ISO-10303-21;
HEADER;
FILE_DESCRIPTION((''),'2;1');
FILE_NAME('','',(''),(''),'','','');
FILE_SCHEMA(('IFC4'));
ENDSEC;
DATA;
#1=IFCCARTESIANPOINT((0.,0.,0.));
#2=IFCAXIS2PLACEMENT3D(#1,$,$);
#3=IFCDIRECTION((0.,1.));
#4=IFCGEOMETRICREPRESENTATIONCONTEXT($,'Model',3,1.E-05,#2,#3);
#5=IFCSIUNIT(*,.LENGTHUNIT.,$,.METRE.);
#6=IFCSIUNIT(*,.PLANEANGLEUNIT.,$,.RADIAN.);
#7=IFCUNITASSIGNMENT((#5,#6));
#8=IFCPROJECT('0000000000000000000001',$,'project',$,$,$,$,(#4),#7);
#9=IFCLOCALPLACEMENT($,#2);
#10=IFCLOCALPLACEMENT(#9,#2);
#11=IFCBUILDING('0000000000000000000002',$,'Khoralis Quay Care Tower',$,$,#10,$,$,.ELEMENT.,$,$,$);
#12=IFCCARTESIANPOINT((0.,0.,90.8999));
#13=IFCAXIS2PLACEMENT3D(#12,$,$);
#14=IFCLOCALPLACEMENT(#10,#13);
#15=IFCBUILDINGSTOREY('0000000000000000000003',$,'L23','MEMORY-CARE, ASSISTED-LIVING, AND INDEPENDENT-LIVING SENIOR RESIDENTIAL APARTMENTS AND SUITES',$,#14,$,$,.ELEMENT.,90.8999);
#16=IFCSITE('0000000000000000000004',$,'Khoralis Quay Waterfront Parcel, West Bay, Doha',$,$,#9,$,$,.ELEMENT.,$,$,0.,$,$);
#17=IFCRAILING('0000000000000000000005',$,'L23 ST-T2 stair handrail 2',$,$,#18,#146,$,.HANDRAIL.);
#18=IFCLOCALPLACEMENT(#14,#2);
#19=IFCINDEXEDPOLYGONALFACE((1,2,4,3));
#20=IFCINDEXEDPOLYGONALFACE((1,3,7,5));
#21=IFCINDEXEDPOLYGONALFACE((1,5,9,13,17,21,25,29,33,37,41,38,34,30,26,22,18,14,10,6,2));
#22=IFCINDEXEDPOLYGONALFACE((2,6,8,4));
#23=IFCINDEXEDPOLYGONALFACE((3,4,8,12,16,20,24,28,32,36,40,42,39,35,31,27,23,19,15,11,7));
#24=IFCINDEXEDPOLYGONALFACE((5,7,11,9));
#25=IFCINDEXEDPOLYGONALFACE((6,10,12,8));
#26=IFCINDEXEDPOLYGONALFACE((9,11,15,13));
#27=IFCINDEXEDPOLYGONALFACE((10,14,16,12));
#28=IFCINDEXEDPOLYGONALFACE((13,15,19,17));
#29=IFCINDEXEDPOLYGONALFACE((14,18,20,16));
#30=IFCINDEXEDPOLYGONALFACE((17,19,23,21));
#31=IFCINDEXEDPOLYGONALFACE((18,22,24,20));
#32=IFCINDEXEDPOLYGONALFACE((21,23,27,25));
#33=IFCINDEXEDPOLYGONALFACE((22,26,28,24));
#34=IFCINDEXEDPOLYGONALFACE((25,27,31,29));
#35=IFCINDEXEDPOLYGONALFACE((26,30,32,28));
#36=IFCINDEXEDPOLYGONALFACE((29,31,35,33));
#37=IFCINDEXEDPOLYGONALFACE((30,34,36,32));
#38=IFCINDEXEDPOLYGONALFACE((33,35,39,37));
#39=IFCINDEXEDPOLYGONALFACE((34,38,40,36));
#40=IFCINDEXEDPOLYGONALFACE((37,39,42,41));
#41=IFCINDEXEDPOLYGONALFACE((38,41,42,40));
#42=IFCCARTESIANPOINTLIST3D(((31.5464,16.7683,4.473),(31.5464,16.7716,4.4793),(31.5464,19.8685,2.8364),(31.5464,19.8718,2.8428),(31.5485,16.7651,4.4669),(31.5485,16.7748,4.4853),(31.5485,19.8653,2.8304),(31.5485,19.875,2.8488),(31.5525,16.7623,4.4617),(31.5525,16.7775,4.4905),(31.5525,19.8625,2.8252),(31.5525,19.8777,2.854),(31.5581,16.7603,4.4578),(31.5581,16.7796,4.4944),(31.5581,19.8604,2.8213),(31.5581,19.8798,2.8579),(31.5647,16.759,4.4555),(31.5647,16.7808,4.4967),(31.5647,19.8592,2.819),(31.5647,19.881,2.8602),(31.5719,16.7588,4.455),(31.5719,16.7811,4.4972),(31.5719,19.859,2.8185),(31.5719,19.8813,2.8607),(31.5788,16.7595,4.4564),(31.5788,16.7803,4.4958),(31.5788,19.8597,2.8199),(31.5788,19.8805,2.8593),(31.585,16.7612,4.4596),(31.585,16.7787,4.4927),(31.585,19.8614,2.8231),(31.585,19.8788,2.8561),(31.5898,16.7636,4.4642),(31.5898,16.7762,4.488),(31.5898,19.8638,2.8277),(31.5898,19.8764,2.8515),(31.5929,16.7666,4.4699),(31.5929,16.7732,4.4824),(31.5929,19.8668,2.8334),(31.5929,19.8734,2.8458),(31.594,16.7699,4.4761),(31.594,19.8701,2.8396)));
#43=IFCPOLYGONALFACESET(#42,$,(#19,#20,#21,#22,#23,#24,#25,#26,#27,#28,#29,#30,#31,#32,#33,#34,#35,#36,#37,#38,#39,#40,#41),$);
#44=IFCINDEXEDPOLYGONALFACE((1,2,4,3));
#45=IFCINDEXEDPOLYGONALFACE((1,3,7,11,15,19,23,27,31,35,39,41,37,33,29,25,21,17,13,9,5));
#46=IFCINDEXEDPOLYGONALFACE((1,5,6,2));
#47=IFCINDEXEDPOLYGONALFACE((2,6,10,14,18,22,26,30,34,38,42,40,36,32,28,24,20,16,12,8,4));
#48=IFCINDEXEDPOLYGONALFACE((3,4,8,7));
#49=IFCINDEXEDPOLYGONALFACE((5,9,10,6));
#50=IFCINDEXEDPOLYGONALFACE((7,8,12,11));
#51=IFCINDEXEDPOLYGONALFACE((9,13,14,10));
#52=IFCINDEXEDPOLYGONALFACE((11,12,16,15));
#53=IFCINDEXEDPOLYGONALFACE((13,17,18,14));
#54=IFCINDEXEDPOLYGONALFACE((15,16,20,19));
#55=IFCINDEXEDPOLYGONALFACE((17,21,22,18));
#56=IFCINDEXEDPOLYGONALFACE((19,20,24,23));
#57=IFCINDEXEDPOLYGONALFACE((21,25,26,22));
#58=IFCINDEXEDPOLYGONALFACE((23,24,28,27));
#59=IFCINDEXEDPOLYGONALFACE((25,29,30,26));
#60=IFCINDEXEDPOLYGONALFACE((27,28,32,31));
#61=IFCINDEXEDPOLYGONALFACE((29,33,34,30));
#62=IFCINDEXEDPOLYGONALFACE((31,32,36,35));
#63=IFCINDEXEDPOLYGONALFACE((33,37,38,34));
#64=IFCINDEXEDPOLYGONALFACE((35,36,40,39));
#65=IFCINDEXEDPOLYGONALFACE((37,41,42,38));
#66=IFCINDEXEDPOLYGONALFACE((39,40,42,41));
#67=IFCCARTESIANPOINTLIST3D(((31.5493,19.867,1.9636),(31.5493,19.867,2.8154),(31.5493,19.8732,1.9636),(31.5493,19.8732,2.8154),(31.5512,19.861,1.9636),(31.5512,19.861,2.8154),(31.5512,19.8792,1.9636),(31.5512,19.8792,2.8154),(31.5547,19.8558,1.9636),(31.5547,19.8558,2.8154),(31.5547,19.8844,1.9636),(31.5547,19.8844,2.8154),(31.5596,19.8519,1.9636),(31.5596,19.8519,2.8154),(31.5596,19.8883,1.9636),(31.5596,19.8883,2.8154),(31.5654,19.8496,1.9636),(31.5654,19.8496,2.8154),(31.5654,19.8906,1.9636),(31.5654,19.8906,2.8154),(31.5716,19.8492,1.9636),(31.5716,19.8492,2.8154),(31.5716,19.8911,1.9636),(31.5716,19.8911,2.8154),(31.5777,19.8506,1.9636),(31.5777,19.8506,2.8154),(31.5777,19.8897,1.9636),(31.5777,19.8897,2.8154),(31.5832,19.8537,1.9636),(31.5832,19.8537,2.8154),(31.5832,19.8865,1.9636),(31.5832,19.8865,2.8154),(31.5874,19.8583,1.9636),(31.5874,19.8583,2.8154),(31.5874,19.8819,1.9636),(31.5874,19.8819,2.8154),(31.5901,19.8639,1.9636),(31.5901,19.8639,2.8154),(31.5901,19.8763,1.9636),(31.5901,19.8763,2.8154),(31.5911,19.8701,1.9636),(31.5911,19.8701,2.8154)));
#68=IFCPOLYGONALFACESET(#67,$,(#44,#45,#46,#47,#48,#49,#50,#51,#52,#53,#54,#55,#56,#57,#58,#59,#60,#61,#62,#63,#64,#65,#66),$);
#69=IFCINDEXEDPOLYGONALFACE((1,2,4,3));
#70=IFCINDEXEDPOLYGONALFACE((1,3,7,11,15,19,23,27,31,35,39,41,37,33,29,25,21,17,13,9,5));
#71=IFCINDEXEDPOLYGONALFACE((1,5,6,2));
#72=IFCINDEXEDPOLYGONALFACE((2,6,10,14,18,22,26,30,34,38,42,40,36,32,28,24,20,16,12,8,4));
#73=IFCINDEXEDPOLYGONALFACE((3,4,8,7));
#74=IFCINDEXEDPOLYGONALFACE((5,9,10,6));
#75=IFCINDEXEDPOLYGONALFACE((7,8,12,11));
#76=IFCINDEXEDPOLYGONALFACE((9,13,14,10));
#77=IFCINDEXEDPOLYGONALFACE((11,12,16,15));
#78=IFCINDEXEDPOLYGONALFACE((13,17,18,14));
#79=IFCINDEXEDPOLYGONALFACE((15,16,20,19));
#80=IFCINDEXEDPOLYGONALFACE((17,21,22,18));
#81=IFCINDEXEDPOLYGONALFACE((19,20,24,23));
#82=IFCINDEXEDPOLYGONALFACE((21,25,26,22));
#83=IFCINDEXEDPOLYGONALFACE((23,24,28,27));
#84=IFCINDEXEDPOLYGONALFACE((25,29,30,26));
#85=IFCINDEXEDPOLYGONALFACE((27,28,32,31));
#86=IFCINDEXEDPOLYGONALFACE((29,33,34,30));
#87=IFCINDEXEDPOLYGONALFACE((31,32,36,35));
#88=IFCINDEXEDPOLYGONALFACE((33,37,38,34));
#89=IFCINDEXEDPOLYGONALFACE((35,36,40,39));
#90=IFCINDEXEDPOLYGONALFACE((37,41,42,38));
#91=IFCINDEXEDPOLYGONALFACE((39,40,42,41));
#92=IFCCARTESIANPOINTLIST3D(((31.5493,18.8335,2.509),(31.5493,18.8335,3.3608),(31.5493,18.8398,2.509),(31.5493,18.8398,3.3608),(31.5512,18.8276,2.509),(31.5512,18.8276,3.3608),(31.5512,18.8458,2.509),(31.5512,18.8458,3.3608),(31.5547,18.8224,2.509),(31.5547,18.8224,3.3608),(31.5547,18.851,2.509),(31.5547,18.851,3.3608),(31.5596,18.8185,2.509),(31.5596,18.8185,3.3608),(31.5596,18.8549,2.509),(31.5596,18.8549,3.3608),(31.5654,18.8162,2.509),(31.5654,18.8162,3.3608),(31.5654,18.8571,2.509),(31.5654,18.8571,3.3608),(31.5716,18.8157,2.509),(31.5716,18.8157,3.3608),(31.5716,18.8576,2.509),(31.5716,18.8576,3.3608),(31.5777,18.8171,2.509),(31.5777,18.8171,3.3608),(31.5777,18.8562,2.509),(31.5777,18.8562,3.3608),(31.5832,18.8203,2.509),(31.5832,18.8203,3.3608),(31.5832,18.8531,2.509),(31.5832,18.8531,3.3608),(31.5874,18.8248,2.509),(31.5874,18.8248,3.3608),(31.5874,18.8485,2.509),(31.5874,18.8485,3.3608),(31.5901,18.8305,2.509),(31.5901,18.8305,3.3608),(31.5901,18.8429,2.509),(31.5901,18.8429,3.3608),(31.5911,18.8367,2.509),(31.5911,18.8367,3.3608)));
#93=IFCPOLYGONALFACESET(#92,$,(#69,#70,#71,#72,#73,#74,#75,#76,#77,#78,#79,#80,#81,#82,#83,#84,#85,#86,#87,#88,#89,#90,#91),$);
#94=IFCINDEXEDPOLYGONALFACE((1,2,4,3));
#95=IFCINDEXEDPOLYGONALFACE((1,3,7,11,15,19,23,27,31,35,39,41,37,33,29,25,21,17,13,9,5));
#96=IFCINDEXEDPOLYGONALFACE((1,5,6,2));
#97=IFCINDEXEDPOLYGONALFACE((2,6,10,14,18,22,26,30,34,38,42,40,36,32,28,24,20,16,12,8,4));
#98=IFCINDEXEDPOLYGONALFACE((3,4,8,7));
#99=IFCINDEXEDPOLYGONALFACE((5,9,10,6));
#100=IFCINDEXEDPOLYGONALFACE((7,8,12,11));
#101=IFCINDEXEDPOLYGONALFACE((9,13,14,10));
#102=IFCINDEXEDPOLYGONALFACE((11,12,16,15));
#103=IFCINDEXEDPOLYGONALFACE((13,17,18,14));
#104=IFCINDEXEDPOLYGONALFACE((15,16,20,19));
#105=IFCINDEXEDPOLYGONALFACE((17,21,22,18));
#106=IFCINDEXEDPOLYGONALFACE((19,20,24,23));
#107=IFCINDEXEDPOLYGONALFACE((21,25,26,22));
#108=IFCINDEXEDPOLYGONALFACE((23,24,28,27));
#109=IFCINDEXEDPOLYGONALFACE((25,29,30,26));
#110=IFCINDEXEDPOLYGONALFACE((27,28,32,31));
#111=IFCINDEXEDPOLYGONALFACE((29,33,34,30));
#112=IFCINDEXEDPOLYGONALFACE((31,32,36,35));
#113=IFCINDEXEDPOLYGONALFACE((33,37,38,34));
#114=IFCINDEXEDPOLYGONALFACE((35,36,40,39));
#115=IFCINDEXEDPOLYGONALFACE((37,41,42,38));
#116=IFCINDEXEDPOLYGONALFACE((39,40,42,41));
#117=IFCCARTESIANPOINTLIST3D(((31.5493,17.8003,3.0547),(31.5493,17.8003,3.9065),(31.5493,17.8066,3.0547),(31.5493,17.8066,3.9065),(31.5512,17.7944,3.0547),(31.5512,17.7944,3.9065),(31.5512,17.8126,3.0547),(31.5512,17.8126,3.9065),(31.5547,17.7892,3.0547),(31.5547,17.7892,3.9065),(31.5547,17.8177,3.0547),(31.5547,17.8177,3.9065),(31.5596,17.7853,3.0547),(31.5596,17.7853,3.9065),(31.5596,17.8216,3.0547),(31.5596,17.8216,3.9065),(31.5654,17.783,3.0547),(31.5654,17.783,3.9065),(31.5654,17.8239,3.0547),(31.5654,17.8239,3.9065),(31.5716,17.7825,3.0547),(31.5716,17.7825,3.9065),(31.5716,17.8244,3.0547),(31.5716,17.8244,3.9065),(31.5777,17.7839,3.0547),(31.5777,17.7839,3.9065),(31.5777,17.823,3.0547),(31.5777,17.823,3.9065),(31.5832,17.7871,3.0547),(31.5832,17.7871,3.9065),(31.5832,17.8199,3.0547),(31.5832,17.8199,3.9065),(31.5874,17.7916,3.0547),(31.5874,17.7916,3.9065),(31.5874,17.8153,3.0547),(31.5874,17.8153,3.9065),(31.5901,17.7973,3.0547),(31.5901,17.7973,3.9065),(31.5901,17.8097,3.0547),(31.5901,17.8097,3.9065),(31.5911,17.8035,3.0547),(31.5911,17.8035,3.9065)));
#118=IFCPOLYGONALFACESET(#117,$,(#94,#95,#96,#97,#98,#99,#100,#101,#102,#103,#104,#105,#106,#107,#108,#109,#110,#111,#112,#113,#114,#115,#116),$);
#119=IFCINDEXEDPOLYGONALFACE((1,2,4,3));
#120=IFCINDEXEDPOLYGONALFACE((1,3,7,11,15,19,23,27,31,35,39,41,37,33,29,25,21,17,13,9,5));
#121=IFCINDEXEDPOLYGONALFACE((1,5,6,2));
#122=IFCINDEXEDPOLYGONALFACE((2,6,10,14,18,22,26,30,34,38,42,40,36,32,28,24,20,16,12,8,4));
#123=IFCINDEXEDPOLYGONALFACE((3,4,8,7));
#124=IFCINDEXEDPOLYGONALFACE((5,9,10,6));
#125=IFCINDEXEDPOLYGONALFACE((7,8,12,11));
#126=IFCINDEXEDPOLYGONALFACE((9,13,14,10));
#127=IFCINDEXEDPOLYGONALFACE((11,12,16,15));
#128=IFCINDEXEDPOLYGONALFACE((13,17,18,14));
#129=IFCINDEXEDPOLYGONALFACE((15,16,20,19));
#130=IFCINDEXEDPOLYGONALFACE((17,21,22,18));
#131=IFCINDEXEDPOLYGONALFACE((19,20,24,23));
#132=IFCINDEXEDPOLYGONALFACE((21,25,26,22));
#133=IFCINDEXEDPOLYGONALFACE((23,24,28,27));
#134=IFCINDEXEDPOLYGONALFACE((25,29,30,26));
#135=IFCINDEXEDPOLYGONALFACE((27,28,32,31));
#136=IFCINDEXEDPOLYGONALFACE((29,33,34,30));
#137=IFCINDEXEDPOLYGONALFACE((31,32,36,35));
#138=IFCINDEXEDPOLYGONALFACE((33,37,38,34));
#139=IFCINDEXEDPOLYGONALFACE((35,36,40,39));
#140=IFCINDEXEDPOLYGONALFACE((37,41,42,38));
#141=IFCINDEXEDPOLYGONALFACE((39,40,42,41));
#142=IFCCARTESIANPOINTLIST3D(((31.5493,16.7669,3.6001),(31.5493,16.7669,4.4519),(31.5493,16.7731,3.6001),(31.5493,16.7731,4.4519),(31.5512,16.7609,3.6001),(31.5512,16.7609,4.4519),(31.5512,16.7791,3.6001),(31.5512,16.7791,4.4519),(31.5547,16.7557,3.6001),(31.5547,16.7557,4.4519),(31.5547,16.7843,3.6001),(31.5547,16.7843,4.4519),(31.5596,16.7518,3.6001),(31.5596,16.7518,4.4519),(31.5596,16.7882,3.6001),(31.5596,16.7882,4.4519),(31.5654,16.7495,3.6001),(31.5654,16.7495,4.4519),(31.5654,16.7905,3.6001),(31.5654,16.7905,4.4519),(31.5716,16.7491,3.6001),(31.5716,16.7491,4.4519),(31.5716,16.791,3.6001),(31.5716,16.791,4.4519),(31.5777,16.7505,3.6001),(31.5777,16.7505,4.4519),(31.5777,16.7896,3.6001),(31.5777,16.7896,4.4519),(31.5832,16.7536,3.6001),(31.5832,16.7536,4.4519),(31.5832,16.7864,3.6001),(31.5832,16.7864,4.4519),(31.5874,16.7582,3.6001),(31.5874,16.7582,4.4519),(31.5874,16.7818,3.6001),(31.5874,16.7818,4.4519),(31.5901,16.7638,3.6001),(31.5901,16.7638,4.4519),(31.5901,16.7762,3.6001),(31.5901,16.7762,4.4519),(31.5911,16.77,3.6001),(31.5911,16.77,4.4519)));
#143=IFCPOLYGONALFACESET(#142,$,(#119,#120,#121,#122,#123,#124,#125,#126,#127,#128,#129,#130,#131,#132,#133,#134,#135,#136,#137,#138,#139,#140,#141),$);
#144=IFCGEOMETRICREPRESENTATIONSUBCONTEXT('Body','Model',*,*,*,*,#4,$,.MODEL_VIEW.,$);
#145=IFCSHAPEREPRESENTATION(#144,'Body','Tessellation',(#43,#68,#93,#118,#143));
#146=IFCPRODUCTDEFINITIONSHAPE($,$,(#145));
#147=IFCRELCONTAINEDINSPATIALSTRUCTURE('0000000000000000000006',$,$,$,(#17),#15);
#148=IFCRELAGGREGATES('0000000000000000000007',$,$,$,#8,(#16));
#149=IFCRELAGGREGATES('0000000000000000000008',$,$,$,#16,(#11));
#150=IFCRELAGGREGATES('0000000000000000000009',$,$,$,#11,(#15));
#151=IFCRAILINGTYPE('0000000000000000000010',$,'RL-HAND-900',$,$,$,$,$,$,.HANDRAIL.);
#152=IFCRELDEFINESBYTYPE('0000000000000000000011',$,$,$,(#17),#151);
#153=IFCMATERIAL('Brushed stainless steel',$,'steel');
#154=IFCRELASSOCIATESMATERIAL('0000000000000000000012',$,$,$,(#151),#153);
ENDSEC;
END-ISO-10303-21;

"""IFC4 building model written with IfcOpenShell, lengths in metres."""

from ifc_helpers import new_model, si_unit, direction, frame, origin, origin_2d, place, context, subcontext, project, spatial, circle, extrude, material, type_object, element, save


model = new_model("IFC4")

# Units and contexts
model_context = context("Model", 3, precision=1e-05, world=origin(), true_north=direction((0.0, 1.0)))
body_context = subcontext(model_context, "Body", "Model", "MODEL_VIEW")
ifc_project = project(units=[si_unit("LENGTHUNIT", "METRE"), si_unit("PLANEANGLEUNIT", "RADIAN")], contexts=[model_context])

# Site, building, storey
site_placement = place(None, origin())
site = spatial("IfcSite", under=ifc_project, at=site_placement, Name="Khoralis Quay Waterfront Parcel, West Bay, Doha", CompositionType="ELEMENT", RefElevation=0.0)
building_placement = place(site_placement, origin())
building = spatial("IfcBuilding", under=site, at=building_placement, Name="Khoralis Quay Care Tower", CompositionType="ELEMENT")
storey_placement = place(building_placement, frame((0.0, 0.0, 90.8999)))
storey = spatial("IfcBuildingStorey", under=building, at=storey_placement, Name="L23", Description="MEMORY-CARE, ASSISTED-LIVING, AND INDEPENDENT-LIVING SENIOR RESIDENTIAL APARTMENTS AND SUITES", CompositionType="ELEMENT", Elevation=90.8999)

# Shared definitions
ifc_material_1 = material(Name="Brushed stainless steel", Category="steel")

# Railing
railing_type = type_object("IfcRailingType", Name="RL-HAND-900", PredefinedType="HANDRAIL", material=ifc_material_1)
railing_placement = place(storey_placement, frame((31.5701, 19.8701, 1.9636)))
element("IfcRailing", 1, at=railing_placement, inside=storey, type_object=railing_type, Name="L23 ST-T2 stair handrail 2", PredefinedType="HANDRAIL", context=body_context, shape_type="SweptSolid", body=[
    extrude(circle(Radius=0.0239, at=origin_2d()), frame((0.0, 0.0, 0.876), z_axis=(0.0, -0.884348, 0.466828), x_axis=(1.0, 0.0, 0.0)), (0.0, 0.0, 1.0), 3.5056),
    extrude(circle(Radius=0.021, at=origin_2d()), origin(), (0.0, 0.0, 1.0), 0.8518),
    extrude(circle(Radius=0.021, at=origin_2d()), frame((0.0, -1.0334, 0.5454)), (0.0, 0.0, 1.0), 0.8518),
    extrude(circle(Radius=0.021, at=origin_2d()), frame((0.0, -2.0667, 1.0911)), (0.0, 0.0, 1.0), 0.8518),
    extrude(circle(Radius=0.021, at=origin_2d()), frame((0.0, -3.1001, 1.6365)), (0.0, 0.0, 1.0), 0.8518),
])

save(model, "model.ifc")
